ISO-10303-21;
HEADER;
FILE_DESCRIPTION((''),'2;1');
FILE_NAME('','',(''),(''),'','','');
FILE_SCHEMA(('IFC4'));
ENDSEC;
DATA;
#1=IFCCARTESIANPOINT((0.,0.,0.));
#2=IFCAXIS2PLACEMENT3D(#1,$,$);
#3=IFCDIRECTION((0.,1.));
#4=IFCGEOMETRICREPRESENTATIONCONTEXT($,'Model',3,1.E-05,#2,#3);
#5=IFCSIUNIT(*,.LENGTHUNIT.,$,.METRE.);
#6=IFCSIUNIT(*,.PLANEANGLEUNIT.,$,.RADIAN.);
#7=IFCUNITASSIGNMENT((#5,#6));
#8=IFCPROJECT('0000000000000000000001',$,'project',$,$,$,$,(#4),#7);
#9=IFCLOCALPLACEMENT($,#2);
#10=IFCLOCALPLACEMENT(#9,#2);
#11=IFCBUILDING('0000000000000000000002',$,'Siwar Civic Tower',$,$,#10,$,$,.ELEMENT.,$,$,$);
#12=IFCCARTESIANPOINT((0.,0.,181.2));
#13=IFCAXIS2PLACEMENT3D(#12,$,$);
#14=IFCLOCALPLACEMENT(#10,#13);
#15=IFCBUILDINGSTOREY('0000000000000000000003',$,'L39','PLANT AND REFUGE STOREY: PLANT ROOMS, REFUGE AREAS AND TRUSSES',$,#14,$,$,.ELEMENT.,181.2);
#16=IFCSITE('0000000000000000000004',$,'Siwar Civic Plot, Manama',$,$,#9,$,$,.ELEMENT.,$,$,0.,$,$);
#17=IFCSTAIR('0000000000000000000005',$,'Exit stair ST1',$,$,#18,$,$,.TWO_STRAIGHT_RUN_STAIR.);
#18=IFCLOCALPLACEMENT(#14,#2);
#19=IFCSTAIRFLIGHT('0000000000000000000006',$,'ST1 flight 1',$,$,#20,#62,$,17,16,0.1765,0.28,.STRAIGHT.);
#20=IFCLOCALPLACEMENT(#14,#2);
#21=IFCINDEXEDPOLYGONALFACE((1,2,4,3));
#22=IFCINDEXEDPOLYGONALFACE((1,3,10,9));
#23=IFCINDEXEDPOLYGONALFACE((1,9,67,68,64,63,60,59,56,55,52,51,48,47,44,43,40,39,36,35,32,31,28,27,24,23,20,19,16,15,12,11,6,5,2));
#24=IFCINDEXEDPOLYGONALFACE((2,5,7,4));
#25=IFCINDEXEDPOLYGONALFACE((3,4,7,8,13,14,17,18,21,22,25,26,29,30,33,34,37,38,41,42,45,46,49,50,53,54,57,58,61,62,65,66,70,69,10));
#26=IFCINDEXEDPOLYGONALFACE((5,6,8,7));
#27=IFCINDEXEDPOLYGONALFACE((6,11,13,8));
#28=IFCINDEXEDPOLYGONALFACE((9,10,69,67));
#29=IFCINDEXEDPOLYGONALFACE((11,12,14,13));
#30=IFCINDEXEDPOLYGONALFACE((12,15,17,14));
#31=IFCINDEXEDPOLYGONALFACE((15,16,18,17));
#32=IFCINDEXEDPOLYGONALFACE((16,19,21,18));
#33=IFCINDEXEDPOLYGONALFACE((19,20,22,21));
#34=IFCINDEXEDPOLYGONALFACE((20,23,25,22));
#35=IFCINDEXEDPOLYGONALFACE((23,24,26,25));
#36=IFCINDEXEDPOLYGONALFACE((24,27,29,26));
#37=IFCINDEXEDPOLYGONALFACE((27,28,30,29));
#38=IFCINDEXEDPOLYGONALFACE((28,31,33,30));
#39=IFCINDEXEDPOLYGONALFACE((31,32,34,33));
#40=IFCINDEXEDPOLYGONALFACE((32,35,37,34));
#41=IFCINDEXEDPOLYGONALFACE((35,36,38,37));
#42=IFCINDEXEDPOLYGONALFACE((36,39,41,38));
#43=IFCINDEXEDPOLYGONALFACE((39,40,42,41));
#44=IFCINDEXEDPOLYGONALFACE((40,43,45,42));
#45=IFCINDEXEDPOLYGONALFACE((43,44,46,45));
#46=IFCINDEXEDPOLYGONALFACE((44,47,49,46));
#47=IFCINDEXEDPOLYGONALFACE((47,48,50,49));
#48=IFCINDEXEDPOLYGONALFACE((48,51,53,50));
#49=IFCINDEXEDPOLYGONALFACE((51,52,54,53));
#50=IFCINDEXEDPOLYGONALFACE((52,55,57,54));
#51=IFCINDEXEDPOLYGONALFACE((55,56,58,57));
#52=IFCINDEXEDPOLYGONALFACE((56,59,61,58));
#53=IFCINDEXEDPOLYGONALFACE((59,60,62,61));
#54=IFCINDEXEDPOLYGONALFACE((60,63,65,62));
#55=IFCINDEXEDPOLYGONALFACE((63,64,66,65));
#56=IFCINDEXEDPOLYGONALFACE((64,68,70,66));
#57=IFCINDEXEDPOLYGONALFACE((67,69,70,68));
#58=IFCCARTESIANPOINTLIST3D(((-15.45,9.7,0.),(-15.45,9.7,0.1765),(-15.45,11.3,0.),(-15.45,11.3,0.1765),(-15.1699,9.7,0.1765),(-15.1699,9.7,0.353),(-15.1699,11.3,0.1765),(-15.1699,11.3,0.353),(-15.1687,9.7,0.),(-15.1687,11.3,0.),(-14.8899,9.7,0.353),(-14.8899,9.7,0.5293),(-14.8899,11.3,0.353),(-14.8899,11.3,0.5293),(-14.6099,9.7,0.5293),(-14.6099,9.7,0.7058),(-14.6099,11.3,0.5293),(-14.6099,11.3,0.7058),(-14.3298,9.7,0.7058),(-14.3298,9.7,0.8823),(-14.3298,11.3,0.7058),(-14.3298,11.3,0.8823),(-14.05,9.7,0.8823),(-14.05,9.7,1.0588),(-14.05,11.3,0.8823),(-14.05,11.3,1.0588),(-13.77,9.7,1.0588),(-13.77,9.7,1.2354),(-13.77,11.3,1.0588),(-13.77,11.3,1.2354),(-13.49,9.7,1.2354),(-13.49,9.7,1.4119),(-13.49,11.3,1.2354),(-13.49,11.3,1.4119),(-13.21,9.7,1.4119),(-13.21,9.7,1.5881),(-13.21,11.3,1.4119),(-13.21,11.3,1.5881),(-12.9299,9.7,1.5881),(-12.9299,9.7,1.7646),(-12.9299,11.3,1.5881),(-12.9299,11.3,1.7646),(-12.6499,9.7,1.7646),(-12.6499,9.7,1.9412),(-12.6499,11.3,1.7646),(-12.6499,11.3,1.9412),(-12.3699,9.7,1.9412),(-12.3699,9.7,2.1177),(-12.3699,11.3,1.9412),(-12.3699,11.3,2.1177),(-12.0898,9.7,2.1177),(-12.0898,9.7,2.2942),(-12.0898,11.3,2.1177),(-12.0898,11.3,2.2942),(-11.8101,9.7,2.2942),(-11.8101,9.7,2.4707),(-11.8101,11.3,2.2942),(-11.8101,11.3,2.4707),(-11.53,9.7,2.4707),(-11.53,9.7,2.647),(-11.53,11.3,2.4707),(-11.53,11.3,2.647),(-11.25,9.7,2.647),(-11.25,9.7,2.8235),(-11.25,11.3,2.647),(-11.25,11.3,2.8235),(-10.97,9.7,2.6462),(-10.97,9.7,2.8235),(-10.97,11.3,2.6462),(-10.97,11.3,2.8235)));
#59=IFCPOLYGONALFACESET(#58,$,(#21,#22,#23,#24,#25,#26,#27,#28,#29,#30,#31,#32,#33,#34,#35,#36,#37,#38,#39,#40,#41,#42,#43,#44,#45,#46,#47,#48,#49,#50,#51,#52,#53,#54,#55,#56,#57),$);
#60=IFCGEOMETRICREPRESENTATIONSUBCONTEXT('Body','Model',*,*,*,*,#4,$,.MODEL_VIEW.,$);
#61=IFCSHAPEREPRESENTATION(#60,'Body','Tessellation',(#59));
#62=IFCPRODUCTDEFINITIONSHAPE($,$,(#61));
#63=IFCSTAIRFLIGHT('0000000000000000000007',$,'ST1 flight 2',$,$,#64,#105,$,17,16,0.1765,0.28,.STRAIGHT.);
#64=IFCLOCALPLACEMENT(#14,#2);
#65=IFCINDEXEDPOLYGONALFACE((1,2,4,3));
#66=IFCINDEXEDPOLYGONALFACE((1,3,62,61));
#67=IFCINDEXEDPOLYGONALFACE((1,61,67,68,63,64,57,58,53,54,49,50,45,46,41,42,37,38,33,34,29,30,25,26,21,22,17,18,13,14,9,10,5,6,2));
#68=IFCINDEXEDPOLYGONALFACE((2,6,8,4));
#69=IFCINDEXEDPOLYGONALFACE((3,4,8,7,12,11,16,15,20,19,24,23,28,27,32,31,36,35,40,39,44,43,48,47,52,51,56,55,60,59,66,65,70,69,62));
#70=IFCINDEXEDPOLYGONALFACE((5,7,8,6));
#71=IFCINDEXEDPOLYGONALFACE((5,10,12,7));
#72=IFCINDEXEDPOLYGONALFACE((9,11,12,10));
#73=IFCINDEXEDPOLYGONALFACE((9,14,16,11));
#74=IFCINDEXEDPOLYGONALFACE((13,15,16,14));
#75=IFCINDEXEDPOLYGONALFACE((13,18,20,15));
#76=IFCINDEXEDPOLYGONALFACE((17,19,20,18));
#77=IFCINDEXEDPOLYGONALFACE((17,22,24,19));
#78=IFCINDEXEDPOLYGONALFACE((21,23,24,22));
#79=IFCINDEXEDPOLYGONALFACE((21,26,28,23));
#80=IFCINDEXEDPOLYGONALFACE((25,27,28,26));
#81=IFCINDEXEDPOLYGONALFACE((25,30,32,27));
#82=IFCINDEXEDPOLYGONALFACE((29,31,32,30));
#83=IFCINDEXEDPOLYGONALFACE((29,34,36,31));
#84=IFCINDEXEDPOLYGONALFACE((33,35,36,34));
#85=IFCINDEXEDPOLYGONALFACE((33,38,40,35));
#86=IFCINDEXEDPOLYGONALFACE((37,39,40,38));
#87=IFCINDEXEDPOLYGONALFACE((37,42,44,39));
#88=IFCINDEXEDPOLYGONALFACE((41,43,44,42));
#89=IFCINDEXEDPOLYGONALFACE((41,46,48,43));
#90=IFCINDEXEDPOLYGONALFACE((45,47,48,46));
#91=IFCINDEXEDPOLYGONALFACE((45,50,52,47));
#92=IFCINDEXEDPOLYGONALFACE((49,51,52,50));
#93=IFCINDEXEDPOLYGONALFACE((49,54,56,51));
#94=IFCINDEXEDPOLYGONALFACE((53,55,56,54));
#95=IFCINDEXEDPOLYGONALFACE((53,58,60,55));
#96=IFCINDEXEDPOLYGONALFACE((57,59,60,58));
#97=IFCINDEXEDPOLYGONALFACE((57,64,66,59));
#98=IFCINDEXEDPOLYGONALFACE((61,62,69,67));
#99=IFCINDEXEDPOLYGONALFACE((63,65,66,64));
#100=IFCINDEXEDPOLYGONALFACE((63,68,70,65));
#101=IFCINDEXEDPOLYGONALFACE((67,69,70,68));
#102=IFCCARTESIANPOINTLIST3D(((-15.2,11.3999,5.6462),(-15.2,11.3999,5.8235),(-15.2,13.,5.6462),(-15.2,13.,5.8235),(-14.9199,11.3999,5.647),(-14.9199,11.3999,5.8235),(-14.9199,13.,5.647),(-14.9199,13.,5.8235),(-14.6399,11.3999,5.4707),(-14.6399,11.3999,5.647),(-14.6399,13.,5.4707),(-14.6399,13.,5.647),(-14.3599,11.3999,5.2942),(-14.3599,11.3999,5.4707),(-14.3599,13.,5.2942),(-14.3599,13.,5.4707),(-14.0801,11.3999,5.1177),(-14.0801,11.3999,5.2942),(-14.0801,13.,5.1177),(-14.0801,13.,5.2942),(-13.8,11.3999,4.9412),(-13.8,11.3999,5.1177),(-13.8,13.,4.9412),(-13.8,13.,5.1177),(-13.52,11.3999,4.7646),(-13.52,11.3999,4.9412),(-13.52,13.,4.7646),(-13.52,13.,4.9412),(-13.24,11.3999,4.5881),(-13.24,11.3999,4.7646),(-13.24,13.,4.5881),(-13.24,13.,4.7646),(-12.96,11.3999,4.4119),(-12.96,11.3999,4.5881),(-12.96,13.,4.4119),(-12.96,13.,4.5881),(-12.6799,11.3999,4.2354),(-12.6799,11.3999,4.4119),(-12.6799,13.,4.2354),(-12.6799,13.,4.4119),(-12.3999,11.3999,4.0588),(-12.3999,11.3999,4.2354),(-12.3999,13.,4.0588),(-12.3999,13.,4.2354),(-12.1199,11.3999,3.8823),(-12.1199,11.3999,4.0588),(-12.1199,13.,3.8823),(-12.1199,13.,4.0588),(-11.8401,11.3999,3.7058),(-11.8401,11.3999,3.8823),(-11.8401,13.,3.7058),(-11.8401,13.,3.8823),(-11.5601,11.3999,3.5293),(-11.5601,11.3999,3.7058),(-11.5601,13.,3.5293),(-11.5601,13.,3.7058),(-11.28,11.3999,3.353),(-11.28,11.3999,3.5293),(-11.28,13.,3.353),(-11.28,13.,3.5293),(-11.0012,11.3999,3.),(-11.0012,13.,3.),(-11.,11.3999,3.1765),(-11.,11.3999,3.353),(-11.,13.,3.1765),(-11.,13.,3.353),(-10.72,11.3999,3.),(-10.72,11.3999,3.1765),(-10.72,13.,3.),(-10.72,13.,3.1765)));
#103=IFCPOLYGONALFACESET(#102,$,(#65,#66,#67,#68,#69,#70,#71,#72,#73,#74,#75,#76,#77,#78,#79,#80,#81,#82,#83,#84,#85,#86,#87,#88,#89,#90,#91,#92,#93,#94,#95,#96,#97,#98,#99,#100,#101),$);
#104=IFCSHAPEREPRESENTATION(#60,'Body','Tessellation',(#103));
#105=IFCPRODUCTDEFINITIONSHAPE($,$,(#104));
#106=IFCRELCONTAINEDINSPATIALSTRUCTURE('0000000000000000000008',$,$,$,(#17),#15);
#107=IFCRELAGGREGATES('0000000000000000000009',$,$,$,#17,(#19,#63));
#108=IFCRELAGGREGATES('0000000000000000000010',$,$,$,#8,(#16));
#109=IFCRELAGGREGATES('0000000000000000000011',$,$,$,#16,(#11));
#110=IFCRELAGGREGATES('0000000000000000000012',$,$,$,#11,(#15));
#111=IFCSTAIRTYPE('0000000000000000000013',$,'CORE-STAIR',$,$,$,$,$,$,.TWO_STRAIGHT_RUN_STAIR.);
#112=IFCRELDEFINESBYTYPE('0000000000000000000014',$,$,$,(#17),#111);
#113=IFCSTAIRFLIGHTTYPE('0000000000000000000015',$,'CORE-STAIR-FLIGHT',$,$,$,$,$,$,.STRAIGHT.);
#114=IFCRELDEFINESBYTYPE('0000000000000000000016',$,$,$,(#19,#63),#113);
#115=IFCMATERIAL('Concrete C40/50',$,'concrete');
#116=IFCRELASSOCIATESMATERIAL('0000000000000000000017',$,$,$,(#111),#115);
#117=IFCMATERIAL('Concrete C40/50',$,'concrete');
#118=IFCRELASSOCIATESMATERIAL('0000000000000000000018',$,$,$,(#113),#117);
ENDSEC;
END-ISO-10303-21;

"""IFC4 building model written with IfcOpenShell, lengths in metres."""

from ifc_helpers import new_model, si_unit, direction, frame, origin, place, context, subcontext, project, spatial, polyline, outline, extrude, material, type_object, element, aggregate, save


model = new_model("IFC4")

# Units and contexts
model_context = context("Model", 3, precision=1e-05, world=origin(), true_north=direction((0.0, 1.0)))
body_context = subcontext(model_context, "Body", "Model", "MODEL_VIEW")
ifc_project = project(units=[si_unit("LENGTHUNIT", "METRE"), si_unit("PLANEANGLEUNIT", "RADIAN")], contexts=[model_context])

# Site, building, storey
site_placement = place(None, origin())
site = spatial("IfcSite", under=ifc_project, at=site_placement, Name="Siwar Civic Plot, Manama", CompositionType="ELEMENT", RefElevation=0.0)
building_placement = place(site_placement, origin())
building = spatial("IfcBuilding", under=site, at=building_placement, Name="Siwar Civic Tower", CompositionType="ELEMENT")
storey_placement = place(building_placement, frame((0.0, 0.0, 181.2)))
storey = spatial("IfcBuildingStorey", under=building, at=storey_placement, Name="L39", Description="PLANT AND REFUGE STOREY: PLANT ROOMS, REFUGE AREAS AND TRUSSES", CompositionType="ELEMENT", Elevation=181.2)

# Stair, stair flights
ifc_material_1 = material(Name="Concrete C40/50", Category="concrete")
stair_type = type_object("IfcStairType", Name="CORE-STAIR", PredefinedType="TWO_STRAIGHT_RUN_STAIR", material=ifc_material_1)
stair_placement = place(storey_placement, origin())
stair = element("IfcStair", 1, at=stair_placement, inside=storey, type_object=stair_type, Name="Exit stair ST1", PredefinedType="TWO_STRAIGHT_RUN_STAIR")
ifc_material_2 = material(Name="Concrete C40/50", Category="concrete")
stair_flight_type = type_object("IfcStairFlightType", Name="CORE-STAIR-FLIGHT", PredefinedType="STRAIGHT", material=ifc_material_2)
stair_flight_1_placement = place(storey_placement, frame((-15.45, 10.5, 0.0), z_axis=(0.0, 0.0, 1.0), x_axis=(1.0, 0.0, 0.0)))
stair_flight_1 = element("IfcStairFlight", 2, at=stair_flight_1_placement, type_object=stair_flight_type, Name="ST1 flight 1", NumberOfRisers=17, NumberOfTreads=16, PredefinedType="STRAIGHT", RiserHeight=0.1765, TreadLength=0.28, context=body_context, shape_type="SweptSolid", body=[
    extrude(outline(polyline([(0.0, 0.0), (0.0, 0.1765), (0.28, 0.1765), (0.28, 0.353), (0.5601, 0.353), (0.5601, 0.5293), (0.8401, 0.5293), (0.8401, 0.7058), (1.1201, 0.7058), (1.1201, 0.8823), (1.3999, 0.8823), (1.3999, 1.0588), (1.6799, 1.0588), (1.6799, 1.2354), (1.96, 1.2354), (1.96, 1.4119), (2.24, 1.4119), (2.24, 1.5881), (2.52, 1.5881), (2.52, 1.7646), (2.8, 1.7646), (2.8, 1.9412), (3.0801, 1.9412), (3.0801, 2.1177), (3.3601, 2.1177), (3.3601, 2.2942), (3.6399, 2.2942), (3.6399, 2.4707), (3.9199, 2.4707), (3.9199, 2.647), (4.2, 2.647), (4.2, 2.8235), (4.48, 2.8235), (4.48, 3.0), (4.48, 2.6462), (0.2812, 0.0), (0.0, 0.0)])), frame((0.0, 0.8, 0.0), z_axis=(0.0, -1.0, 0.0), x_axis=(1.0, 0.0, 0.0)), (0.0, 0.0, 1.0), 1.6001),
])
stair_flight_2_placement = place(storey_placement, frame((-10.72, 12.2, 3.0), z_axis=(0.0, 0.0, 1.0), x_axis=(-1.0, 0.0, 0.0)))
stair_flight_2 = element("IfcStairFlight", 3, at=stair_flight_2_placement, type_object=stair_flight_type, Name="ST1 flight 2", NumberOfRisers=17, NumberOfTreads=16, PredefinedType="STRAIGHT", RiserHeight=0.1765, TreadLength=0.28, context=body_context, shape_type="SweptSolid", body=[
    extrude(outline(polyline([(0.0, 0.0), (0.0, 0.1765), (0.28, 0.1765), (0.28, 0.353), (0.5601, 0.353), (0.5601, 0.5293), (0.8401, 0.5293), (0.8401, 0.7058), (1.1201, 0.7058), (1.1201, 0.8823), (1.3999, 0.8823), (1.3999, 1.0588), (1.6799, 1.0588), (1.6799, 1.2354), (1.96, 1.2354), (1.96, 1.4119), (2.24, 1.4119), (2.24, 1.5881), (2.52, 1.5881), (2.52, 1.7646), (2.8, 1.7646), (2.8, 1.9412), (3.0801, 1.9412), (3.0801, 2.1177), (3.3601, 2.1177), (3.3601, 2.2942), (3.6399, 2.2942), (3.6399, 2.4707), (3.9199, 2.4707), (3.9199, 2.647), (4.2, 2.647), (4.2, 2.8235), (4.48, 2.8235), (4.48, 3.0), (4.48, 2.6462), (0.2812, 0.0), (0.0, 0.0)])), frame((0.0, 0.8, 0.0), z_axis=(0.0, -1.0, 0.0), x_axis=(1.0, 0.0, 0.0)), (0.0, 0.0, 1.0), 1.6001),
])
aggregate(stair, [stair_flight_1, stair_flight_2])

save(model, "model.ifc")
